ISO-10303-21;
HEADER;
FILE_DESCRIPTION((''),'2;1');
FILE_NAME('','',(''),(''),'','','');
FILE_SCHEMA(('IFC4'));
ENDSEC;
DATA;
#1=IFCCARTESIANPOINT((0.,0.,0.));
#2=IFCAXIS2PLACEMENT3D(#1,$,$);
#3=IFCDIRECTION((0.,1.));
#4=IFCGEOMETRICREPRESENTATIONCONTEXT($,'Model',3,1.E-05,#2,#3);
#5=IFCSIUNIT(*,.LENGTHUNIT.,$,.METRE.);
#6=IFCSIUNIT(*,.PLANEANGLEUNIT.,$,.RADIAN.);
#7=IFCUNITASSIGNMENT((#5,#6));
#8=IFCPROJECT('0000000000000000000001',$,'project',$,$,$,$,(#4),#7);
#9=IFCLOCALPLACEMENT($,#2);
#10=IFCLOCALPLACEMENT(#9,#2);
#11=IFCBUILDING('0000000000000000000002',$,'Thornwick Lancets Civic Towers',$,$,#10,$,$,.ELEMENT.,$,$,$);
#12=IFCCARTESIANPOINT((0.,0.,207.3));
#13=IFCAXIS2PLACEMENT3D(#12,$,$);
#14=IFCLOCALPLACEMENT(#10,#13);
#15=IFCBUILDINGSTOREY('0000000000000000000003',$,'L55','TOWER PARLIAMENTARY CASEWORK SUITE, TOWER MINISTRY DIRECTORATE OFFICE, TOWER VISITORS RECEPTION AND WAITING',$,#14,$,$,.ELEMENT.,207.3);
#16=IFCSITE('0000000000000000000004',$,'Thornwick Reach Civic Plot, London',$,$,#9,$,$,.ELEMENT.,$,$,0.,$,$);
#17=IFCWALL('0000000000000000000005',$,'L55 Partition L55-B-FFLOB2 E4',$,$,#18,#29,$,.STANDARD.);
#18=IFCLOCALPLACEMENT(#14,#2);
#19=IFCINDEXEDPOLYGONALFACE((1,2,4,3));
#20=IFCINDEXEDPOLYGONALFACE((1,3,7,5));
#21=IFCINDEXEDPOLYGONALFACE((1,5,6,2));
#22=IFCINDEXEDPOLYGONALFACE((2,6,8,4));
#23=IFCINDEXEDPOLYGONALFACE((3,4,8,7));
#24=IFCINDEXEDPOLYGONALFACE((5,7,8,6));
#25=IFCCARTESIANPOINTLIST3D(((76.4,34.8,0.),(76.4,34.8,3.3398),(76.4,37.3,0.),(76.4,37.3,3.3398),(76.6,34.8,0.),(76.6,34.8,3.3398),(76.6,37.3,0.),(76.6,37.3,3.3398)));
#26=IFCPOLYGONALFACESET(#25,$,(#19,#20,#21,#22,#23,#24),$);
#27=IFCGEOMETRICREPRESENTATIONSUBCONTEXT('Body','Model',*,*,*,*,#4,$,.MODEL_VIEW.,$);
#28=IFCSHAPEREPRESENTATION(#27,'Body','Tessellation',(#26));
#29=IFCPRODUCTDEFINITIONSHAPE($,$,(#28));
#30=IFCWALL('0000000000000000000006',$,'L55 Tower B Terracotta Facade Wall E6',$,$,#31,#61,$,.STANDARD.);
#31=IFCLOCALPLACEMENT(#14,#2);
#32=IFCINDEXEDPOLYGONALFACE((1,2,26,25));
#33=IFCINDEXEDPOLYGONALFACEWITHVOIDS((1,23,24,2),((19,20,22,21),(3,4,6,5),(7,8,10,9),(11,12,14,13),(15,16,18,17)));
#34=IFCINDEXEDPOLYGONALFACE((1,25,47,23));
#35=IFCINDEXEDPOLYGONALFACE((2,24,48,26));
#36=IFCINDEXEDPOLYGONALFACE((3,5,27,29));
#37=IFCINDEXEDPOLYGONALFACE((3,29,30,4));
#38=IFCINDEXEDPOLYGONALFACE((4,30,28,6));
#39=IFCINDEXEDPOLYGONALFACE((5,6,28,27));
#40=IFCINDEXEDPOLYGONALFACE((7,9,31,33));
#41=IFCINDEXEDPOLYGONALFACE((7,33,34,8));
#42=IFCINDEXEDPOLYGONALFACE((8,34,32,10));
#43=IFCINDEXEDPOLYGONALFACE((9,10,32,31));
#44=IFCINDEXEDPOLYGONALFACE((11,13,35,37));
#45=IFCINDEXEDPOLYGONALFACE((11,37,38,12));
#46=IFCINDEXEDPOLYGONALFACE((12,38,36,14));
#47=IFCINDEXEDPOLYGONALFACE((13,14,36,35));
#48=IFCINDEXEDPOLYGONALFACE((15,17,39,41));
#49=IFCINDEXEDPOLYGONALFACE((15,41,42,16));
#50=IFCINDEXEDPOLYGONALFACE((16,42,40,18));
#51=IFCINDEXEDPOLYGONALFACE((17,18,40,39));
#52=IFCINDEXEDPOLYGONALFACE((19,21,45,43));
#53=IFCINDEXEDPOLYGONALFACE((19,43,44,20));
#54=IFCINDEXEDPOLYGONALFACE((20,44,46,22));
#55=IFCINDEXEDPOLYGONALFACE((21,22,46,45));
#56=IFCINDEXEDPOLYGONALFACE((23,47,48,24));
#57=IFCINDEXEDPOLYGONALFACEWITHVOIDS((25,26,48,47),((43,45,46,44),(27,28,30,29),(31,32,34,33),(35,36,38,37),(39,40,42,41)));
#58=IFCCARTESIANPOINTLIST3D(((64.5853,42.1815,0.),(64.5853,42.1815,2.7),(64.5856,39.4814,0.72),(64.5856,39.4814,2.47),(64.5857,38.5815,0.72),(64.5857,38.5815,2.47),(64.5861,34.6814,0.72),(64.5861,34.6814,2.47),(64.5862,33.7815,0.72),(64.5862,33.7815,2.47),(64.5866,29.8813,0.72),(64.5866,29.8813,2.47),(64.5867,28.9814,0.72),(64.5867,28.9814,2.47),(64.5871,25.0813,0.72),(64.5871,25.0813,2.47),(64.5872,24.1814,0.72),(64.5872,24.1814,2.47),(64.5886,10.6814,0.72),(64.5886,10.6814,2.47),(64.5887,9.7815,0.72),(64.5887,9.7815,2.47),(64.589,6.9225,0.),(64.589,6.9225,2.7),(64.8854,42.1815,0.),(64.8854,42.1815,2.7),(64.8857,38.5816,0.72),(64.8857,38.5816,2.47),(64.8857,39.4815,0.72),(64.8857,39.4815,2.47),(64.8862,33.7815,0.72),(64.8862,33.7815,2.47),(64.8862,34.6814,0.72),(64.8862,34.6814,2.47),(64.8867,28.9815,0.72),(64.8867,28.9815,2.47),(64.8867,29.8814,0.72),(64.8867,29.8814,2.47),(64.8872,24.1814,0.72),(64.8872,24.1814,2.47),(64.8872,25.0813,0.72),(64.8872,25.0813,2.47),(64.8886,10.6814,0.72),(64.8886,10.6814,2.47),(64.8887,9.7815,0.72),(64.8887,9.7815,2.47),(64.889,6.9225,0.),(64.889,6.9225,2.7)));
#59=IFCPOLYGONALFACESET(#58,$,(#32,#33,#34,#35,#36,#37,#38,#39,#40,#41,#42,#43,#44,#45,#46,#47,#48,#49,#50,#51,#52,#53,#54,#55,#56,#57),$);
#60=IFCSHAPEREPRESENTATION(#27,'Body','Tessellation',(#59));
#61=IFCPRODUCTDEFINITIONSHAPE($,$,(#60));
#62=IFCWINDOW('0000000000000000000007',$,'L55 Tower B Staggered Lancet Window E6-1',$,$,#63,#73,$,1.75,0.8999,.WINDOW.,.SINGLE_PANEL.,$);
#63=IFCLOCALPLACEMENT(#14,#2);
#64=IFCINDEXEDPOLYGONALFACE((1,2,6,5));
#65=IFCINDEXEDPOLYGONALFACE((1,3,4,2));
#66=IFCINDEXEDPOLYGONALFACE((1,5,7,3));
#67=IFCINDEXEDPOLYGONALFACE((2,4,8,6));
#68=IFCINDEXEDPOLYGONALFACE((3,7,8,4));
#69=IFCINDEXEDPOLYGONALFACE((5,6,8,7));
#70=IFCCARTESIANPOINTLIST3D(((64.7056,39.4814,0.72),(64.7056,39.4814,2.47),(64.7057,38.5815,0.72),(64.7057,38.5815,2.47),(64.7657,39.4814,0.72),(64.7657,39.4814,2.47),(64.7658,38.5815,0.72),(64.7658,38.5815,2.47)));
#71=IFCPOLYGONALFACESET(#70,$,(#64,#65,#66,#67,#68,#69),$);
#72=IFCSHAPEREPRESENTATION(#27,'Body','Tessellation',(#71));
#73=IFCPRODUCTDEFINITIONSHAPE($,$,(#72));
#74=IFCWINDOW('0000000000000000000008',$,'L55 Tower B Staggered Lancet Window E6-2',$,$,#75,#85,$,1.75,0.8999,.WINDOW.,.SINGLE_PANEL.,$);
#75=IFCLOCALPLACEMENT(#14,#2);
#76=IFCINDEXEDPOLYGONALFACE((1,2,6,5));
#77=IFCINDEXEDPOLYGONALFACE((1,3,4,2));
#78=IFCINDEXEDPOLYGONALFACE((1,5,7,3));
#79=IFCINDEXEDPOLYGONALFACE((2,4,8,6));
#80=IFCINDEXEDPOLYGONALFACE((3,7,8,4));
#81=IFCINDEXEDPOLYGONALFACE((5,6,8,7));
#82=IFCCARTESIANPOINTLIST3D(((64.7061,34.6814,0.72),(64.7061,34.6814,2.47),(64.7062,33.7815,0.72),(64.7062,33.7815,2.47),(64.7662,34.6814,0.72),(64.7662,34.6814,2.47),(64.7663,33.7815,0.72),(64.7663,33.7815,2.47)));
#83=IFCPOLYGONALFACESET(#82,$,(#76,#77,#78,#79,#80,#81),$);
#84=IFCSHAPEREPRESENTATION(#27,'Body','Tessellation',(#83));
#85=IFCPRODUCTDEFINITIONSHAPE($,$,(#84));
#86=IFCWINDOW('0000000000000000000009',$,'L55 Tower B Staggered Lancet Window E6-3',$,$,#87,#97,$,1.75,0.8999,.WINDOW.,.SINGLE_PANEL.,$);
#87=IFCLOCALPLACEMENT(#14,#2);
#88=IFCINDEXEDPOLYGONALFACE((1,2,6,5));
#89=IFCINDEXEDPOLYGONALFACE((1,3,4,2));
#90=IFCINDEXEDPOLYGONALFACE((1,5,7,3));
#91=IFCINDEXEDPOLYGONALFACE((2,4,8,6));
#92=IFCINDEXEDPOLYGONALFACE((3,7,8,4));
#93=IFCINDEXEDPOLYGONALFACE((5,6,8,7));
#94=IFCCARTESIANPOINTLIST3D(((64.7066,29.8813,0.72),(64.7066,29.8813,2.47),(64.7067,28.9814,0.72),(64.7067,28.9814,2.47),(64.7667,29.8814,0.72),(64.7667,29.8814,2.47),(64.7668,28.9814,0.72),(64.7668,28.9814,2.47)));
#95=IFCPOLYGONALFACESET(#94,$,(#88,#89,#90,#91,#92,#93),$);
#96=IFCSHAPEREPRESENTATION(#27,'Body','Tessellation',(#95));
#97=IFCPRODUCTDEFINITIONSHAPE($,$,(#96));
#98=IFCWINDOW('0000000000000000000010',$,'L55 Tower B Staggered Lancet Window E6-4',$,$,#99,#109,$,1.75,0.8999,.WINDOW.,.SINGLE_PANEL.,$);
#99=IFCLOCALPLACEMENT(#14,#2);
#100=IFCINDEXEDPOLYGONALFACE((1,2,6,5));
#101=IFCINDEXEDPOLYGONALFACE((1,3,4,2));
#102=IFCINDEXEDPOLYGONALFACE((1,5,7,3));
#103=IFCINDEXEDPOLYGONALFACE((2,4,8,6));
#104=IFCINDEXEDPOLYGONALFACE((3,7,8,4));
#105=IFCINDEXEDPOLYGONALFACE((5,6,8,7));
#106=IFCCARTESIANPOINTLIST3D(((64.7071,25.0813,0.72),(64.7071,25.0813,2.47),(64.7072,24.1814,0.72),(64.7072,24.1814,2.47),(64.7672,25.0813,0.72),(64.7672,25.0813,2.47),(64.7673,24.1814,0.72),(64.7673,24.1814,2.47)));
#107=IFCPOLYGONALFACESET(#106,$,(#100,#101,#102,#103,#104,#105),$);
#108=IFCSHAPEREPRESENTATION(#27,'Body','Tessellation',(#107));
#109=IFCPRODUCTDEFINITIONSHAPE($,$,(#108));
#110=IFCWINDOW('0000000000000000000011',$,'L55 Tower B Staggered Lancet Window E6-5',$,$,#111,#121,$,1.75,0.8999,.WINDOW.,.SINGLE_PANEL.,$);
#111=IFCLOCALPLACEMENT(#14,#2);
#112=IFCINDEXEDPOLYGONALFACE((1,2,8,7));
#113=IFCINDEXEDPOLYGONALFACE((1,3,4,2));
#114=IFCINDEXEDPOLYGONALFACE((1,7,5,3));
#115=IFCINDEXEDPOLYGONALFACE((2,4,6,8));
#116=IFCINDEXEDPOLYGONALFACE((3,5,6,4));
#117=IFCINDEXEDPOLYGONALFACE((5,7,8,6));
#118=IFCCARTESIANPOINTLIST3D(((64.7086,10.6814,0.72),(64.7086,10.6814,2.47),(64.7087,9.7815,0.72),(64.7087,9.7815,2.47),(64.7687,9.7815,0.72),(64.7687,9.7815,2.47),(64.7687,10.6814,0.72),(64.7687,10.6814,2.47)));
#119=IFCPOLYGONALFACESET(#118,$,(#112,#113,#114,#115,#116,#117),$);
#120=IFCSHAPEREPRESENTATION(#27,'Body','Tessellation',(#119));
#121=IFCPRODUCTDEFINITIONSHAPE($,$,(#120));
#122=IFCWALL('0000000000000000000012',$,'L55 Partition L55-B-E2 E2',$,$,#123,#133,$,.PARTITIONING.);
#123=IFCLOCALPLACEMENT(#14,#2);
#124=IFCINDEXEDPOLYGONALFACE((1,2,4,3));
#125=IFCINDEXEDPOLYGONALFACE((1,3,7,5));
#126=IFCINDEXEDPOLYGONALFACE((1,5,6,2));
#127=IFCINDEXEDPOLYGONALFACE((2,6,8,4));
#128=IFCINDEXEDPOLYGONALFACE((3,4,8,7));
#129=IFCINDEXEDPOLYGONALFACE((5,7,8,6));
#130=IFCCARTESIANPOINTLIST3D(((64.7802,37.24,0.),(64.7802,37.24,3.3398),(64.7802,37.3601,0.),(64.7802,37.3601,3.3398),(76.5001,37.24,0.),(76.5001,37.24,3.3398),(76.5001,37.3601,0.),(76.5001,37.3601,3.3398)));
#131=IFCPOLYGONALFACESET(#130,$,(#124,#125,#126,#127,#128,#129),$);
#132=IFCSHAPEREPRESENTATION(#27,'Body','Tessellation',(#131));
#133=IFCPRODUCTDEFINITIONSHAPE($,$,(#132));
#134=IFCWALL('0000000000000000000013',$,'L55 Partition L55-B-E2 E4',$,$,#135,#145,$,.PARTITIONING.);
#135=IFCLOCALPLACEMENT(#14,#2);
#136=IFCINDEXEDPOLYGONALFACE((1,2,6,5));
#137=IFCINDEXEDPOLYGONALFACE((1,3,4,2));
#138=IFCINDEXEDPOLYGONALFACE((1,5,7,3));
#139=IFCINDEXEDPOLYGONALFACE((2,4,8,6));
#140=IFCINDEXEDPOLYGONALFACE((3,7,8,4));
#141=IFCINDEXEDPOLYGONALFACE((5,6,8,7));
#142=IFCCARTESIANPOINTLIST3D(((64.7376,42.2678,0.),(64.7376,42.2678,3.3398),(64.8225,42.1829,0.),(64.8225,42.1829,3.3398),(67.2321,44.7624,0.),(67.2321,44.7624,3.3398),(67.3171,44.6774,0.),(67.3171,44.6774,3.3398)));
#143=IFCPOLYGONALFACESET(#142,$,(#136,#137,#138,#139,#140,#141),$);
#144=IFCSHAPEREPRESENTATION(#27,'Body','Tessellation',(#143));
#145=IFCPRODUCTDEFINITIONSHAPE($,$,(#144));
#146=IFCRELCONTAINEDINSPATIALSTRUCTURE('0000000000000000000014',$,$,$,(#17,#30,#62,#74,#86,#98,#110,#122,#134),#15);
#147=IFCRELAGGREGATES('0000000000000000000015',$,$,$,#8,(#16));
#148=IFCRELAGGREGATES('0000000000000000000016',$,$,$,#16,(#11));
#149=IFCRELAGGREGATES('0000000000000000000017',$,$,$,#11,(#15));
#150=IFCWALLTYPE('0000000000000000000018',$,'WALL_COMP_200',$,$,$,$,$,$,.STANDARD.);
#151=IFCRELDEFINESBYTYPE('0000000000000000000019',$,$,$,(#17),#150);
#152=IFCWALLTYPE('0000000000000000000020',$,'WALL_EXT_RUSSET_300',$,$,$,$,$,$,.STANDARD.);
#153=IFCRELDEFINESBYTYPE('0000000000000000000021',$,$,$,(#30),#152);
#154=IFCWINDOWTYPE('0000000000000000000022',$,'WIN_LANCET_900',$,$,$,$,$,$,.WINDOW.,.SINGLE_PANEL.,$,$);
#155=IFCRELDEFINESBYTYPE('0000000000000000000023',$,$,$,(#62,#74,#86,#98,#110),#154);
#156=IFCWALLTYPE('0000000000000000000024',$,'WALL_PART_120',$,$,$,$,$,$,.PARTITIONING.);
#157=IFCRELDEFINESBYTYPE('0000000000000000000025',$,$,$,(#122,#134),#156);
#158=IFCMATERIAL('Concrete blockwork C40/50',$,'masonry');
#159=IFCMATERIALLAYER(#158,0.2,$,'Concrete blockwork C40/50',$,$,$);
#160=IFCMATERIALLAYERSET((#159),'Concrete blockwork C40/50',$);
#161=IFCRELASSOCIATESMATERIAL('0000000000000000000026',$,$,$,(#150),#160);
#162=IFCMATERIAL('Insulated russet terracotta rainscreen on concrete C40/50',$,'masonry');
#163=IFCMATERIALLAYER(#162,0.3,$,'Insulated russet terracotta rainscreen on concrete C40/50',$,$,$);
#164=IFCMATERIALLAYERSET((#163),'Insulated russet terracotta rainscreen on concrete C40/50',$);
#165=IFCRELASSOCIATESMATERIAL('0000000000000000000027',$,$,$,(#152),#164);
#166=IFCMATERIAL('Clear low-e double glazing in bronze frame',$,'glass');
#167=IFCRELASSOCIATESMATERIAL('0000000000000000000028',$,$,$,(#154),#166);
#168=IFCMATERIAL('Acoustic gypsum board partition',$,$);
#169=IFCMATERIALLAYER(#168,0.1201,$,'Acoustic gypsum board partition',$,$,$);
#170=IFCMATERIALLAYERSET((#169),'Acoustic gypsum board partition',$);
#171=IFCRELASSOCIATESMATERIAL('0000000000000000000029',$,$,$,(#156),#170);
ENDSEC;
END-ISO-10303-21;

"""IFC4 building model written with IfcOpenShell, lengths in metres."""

from ifc_helpers import new_model, si_unit, direction, frame, frame_2d, origin, place, context, subcontext, project, spatial, rectangle, extrude, material, layer, layer_set, type_object, element, fill, save


model = new_model("IFC4")

# Units and contexts
model_context = context("Model", 3, precision=1e-05, world=origin(), true_north=direction((0.0, 1.0)))
body_context = subcontext(model_context, "Body", "Model", "MODEL_VIEW")
ifc_project = project(units=[si_unit("LENGTHUNIT", "METRE"), si_unit("PLANEANGLEUNIT", "RADIAN")], contexts=[model_context])

# Site, building, storey
site_placement = place(None, origin())
site = spatial("IfcSite", under=ifc_project, at=site_placement, Name="Thornwick Reach Civic Plot, London", CompositionType="ELEMENT", RefElevation=0.0)
building_placement = place(site_placement, origin())
building = spatial("IfcBuilding", under=site, at=building_placement, Name="Thornwick Lancets Civic Towers", CompositionType="ELEMENT")
storey_placement = place(building_placement, frame((0.0, 0.0, 207.3)))
storey = spatial("IfcBuildingStorey", under=building, at=storey_placement, Name="L55", Description="TOWER PARLIAMENTARY CASEWORK SUITE, TOWER MINISTRY DIRECTORATE OFFICE, TOWER VISITORS RECEPTION AND WAITING", CompositionType="ELEMENT", Elevation=207.3)

# Wall
ifc_material_1 = material(Name="Concrete blockwork C40/50", Category="masonry")
ifc_layer_1 = layer(ifc_material_1, 0.2, Name="Concrete blockwork C40/50")
ifc_layer_set_1 = layer_set([ifc_layer_1], Name="Concrete blockwork C40/50")
wall_type_1 = type_object("IfcWallType", Name="WALL_COMP_200", PredefinedType="STANDARD", material=ifc_layer_set_1)
wall_1_placement = place(storey_placement, frame((76.5, 37.3, 0.0), z_axis=(0.0, 0.0, 1.0), x_axis=(0.0, -1.0, 0.0)))
element("IfcWall", 1, at=wall_1_placement, inside=storey, type_object=wall_type_1, Name="L55 Partition L55-B-FFLOB2 E4", PredefinedType="STANDARD", context=body_context, shape_type="SweptSolid", body=[
    extrude(rectangle(XDim=2.5, YDim=0.2, at=frame_2d((1.25, 0.0))), origin(), (0.0, 0.0, 1.0), 3.3398),
])

# Wall, openings, windows
ifc_material_2 = material(Name="Insulated russet terracotta rainscreen on concrete C40/50", Category="masonry")
ifc_layer_2 = layer(ifc_material_2, 0.3, Name="Insulated russet terracotta rainscreen on concrete C40/50")
ifc_layer_set_2 = layer_set([ifc_layer_2], Name="Insulated russet terracotta rainscreen on concrete C40/50")
wall_type_2 = type_object("IfcWallType", Name="WALL_EXT_RUSSET_300", PredefinedType="STANDARD", material=ifc_layer_set_2)
wall_2_placement = place(storey_placement, frame((64.7354, 42.1814, 0.0), z_axis=(0.0, 0.0, 1.0), x_axis=(0.000104, -1.0, 0.0)))
wall_2 = element("IfcWall", 2, at=wall_2_placement, inside=storey, type_object=wall_type_2, Name="L55 Tower B Terracotta Facade Wall E6", PredefinedType="STANDARD", context=body_context, shape_type="SweptSolid", body=[
    extrude(rectangle(XDim=35.259, YDim=0.3, at=frame_2d((17.6294, 0.0))), origin(), (0.0, 0.0, 1.0), 2.7),
])
opening_1_placement = place(wall_2_placement, frame((2.7, 0.0, 0.72)))
opening_1 = element("IfcOpeningElement", 3, at=opening_1_placement, cuts=wall_2, PredefinedType="OPENING", context=body_context, shape_type="SweptSolid", body=[
    extrude(rectangle(XDim=0.8999, YDim=1.75, at=frame_2d((0.45, 0.875))), frame((0.0, 0.1602, 0.0), z_axis=(0.0, -1.0, 0.0), x_axis=(1.0, 0.0, 0.0)), (0.0, 0.0, 1.0), 0.3201),
])
opening_2_placement = place(wall_2_placement, frame((7.5, 0.0, 0.72)))
opening_2 = element("IfcOpeningElement", 4, at=opening_2_placement, cuts=wall_2, PredefinedType="OPENING", context=body_context, shape_type="SweptSolid", body=[
    extrude(rectangle(XDim=0.8999, YDim=1.75, at=frame_2d((0.45, 0.875))), frame((0.0, 0.1602, 0.0), z_axis=(0.0, -1.0, 0.0), x_axis=(1.0, 0.0, 0.0)), (0.0, 0.0, 1.0), 0.3201),
])
opening_3_placement = place(wall_2_placement, frame((12.3, 0.0, 0.72)))
opening_3 = element("IfcOpeningElement", 5, at=opening_3_placement, cuts=wall_2, PredefinedType="OPENING", context=body_context, shape_type="SweptSolid", body=[
    extrude(rectangle(XDim=0.8999, YDim=1.75, at=frame_2d((0.45, 0.875))), frame((0.0, 0.1602, 0.0), z_axis=(0.0, -1.0, 0.0), x_axis=(1.0, 0.0, 0.0)), (0.0, 0.0, 1.0), 0.3201),
])
opening_4_placement = place(wall_2_placement, frame((17.1001, 0.0, 0.72)))
opening_4 = element("IfcOpeningElement", 6, at=opening_4_placement, cuts=wall_2, PredefinedType="OPENING", context=body_context, shape_type="SweptSolid", body=[
    extrude(rectangle(XDim=0.8999, YDim=1.75, at=frame_2d((0.45, 0.875))), frame((0.0, 0.1602, 0.0), z_axis=(0.0, -1.0, 0.0), x_axis=(1.0, 0.0, 0.0)), (0.0, 0.0, 1.0), 0.3201),
])
opening_5_placement = place(wall_2_placement, frame((31.5, 0.0, 0.72)))
opening_5 = element("IfcOpeningElement", 7, at=opening_5_placement, cuts=wall_2, PredefinedType="OPENING", context=body_context, shape_type="SweptSolid", body=[
    extrude(rectangle(XDim=0.8999, YDim=1.75, at=frame_2d((0.45, 0.875))), frame((0.0, 0.1602, 0.0), z_axis=(0.0, -1.0, 0.0), x_axis=(1.0, 0.0, 0.0)), (0.0, 0.0, 1.0), 0.3201),
])
ifc_material_3 = material(Name="Clear low-e double glazing in bronze frame", Category="glass")
window_type = type_object("IfcWindowType", Name="WIN_LANCET_900", PartitioningType="SINGLE_PANEL", PredefinedType="WINDOW", material=ifc_material_3)
window_1_placement = place(opening_1_placement, origin())
window_1 = element("IfcWindow", 8, at=window_1_placement, inside=storey, type_object=window_type, Name="L55 Tower B Staggered Lancet Window E6-1", OverallHeight=1.75, OverallWidth=0.8999, PartitioningType="SINGLE_PANEL", PredefinedType="WINDOW", context=body_context, shape_type="SweptSolid", body=[
    extrude(rectangle(XDim=0.8999, YDim=1.75, at=frame_2d((0.45, 0.875))), frame((0.0, 0.03, 0.0), z_axis=(0.0, -1.0, 0.0), x_axis=(1.0, 0.0, 0.0)), (0.0, 0.0, 1.0), 0.0601),
])
fill(opening_1, window_1)
window_2_placement = place(opening_2_placement, origin())
window_2 = element("IfcWindow", 9, at=window_2_placement, inside=storey, type_object=window_type, Name="L55 Tower B Staggered Lancet Window E6-2", OverallHeight=1.75, OverallWidth=0.8999, PartitioningType="SINGLE_PANEL", PredefinedType="WINDOW", context=body_context, shape_type="SweptSolid", body=[
    extrude(rectangle(XDim=0.8999, YDim=1.75, at=frame_2d((0.45, 0.875))), frame((0.0, 0.03, 0.0), z_axis=(0.0, -1.0, 0.0), x_axis=(1.0, 0.0, 0.0)), (0.0, 0.0, 1.0), 0.0601),
])
fill(opening_2, window_2)
window_3_placement = place(opening_3_placement, origin())
window_3 = element("IfcWindow", 10, at=window_3_placement, inside=storey, type_object=window_type, Name="L55 Tower B Staggered Lancet Window E6-3", OverallHeight=1.75, OverallWidth=0.8999, PartitioningType="SINGLE_PANEL", PredefinedType="WINDOW", context=body_context, shape_type="SweptSolid", body=[
    extrude(rectangle(XDim=0.8999, YDim=1.75, at=frame_2d((0.45, 0.875))), frame((0.0, 0.03, 0.0), z_axis=(0.0, -1.0, 0.0), x_axis=(1.0, 0.0, 0.0)), (0.0, 0.0, 1.0), 0.0601),
])
fill(opening_3, window_3)
window_4_placement = place(opening_4_placement, origin())
window_4 = element("IfcWindow", 11, at=window_4_placement, inside=storey, type_object=window_type, Name="L55 Tower B Staggered Lancet Window E6-4", OverallHeight=1.75, OverallWidth=0.8999, PartitioningType="SINGLE_PANEL", PredefinedType="WINDOW", context=body_context, shape_type="SweptSolid", body=[
    extrude(rectangle(XDim=0.8999, YDim=1.75, at=frame_2d((0.45, 0.875))), frame((0.0, 0.03, 0.0), z_axis=(0.0, -1.0, 0.0), x_axis=(1.0, 0.0, 0.0)), (0.0, 0.0, 1.0), 0.0601),
])
fill(opening_4, window_4)
window_5_placement = place(opening_5_placement, origin())
window_5 = element("IfcWindow", 12, at=window_5_placement, inside=storey, type_object=window_type, Name="L55 Tower B Staggered Lancet Window E6-5", OverallHeight=1.75, OverallWidth=0.8999, PartitioningType="SINGLE_PANEL", PredefinedType="WINDOW", context=body_context, shape_type="SweptSolid", body=[
    extrude(rectangle(XDim=0.8999, YDim=1.75, at=frame_2d((0.45, 0.875))), frame((0.0, 0.03, 0.0), z_axis=(0.0, -1.0, 0.0), x_axis=(1.0, 0.0, 0.0)), (0.0, 0.0, 1.0), 0.0601),
])
fill(opening_5, window_5)

# Walls
ifc_material_4 = material(Name="Acoustic gypsum board partition")
ifc_layer_3 = layer(ifc_material_4, 0.1201, Name="Acoustic gypsum board partition")
ifc_layer_set_3 = layer_set([ifc_layer_3], Name="Acoustic gypsum board partition")
wall_type_3 = type_object("IfcWallType", Name="WALL_PART_120", PredefinedType="PARTITIONING", material=ifc_layer_set_3)
wall_3_placement = place(storey_placement, frame((76.5, 37.3, 0.0), z_axis=(0.0, 0.0, 1.0), x_axis=(-1.0, 0.0, 0.0)))
element("IfcWall", 13, at=wall_3_placement, inside=storey, type_object=wall_type_3, Name="L55 Partition L55-B-E2 E2", PredefinedType="PARTITIONING", context=body_context, shape_type="SweptSolid", body=[
    extrude(rectangle(XDim=11.72, YDim=0.1201, at=frame_2d((5.8599, 0.0))), origin(), (0.0, 0.0, 1.0), 3.3398),
])
wall_4_placement = place(storey_placement, frame((64.78, 42.2253, 0.0), z_axis=(0.0, 0.0, 1.0), x_axis=(0.707107, 0.707107, 0.0)))
element("IfcWall", 14, at=wall_4_placement, inside=storey, type_object=wall_type_3, Name="L55 Partition L55-B-E2 E4", PredefinedType="PARTITIONING", context=body_context, shape_type="SweptSolid", body=[
    extrude(rectangle(XDim=3.5278, YDim=0.1201, at=frame_2d((1.7639, 0.0))), origin(), (0.0, 0.0, 1.0), 3.3398),
])

save(model, "model.ifc")
